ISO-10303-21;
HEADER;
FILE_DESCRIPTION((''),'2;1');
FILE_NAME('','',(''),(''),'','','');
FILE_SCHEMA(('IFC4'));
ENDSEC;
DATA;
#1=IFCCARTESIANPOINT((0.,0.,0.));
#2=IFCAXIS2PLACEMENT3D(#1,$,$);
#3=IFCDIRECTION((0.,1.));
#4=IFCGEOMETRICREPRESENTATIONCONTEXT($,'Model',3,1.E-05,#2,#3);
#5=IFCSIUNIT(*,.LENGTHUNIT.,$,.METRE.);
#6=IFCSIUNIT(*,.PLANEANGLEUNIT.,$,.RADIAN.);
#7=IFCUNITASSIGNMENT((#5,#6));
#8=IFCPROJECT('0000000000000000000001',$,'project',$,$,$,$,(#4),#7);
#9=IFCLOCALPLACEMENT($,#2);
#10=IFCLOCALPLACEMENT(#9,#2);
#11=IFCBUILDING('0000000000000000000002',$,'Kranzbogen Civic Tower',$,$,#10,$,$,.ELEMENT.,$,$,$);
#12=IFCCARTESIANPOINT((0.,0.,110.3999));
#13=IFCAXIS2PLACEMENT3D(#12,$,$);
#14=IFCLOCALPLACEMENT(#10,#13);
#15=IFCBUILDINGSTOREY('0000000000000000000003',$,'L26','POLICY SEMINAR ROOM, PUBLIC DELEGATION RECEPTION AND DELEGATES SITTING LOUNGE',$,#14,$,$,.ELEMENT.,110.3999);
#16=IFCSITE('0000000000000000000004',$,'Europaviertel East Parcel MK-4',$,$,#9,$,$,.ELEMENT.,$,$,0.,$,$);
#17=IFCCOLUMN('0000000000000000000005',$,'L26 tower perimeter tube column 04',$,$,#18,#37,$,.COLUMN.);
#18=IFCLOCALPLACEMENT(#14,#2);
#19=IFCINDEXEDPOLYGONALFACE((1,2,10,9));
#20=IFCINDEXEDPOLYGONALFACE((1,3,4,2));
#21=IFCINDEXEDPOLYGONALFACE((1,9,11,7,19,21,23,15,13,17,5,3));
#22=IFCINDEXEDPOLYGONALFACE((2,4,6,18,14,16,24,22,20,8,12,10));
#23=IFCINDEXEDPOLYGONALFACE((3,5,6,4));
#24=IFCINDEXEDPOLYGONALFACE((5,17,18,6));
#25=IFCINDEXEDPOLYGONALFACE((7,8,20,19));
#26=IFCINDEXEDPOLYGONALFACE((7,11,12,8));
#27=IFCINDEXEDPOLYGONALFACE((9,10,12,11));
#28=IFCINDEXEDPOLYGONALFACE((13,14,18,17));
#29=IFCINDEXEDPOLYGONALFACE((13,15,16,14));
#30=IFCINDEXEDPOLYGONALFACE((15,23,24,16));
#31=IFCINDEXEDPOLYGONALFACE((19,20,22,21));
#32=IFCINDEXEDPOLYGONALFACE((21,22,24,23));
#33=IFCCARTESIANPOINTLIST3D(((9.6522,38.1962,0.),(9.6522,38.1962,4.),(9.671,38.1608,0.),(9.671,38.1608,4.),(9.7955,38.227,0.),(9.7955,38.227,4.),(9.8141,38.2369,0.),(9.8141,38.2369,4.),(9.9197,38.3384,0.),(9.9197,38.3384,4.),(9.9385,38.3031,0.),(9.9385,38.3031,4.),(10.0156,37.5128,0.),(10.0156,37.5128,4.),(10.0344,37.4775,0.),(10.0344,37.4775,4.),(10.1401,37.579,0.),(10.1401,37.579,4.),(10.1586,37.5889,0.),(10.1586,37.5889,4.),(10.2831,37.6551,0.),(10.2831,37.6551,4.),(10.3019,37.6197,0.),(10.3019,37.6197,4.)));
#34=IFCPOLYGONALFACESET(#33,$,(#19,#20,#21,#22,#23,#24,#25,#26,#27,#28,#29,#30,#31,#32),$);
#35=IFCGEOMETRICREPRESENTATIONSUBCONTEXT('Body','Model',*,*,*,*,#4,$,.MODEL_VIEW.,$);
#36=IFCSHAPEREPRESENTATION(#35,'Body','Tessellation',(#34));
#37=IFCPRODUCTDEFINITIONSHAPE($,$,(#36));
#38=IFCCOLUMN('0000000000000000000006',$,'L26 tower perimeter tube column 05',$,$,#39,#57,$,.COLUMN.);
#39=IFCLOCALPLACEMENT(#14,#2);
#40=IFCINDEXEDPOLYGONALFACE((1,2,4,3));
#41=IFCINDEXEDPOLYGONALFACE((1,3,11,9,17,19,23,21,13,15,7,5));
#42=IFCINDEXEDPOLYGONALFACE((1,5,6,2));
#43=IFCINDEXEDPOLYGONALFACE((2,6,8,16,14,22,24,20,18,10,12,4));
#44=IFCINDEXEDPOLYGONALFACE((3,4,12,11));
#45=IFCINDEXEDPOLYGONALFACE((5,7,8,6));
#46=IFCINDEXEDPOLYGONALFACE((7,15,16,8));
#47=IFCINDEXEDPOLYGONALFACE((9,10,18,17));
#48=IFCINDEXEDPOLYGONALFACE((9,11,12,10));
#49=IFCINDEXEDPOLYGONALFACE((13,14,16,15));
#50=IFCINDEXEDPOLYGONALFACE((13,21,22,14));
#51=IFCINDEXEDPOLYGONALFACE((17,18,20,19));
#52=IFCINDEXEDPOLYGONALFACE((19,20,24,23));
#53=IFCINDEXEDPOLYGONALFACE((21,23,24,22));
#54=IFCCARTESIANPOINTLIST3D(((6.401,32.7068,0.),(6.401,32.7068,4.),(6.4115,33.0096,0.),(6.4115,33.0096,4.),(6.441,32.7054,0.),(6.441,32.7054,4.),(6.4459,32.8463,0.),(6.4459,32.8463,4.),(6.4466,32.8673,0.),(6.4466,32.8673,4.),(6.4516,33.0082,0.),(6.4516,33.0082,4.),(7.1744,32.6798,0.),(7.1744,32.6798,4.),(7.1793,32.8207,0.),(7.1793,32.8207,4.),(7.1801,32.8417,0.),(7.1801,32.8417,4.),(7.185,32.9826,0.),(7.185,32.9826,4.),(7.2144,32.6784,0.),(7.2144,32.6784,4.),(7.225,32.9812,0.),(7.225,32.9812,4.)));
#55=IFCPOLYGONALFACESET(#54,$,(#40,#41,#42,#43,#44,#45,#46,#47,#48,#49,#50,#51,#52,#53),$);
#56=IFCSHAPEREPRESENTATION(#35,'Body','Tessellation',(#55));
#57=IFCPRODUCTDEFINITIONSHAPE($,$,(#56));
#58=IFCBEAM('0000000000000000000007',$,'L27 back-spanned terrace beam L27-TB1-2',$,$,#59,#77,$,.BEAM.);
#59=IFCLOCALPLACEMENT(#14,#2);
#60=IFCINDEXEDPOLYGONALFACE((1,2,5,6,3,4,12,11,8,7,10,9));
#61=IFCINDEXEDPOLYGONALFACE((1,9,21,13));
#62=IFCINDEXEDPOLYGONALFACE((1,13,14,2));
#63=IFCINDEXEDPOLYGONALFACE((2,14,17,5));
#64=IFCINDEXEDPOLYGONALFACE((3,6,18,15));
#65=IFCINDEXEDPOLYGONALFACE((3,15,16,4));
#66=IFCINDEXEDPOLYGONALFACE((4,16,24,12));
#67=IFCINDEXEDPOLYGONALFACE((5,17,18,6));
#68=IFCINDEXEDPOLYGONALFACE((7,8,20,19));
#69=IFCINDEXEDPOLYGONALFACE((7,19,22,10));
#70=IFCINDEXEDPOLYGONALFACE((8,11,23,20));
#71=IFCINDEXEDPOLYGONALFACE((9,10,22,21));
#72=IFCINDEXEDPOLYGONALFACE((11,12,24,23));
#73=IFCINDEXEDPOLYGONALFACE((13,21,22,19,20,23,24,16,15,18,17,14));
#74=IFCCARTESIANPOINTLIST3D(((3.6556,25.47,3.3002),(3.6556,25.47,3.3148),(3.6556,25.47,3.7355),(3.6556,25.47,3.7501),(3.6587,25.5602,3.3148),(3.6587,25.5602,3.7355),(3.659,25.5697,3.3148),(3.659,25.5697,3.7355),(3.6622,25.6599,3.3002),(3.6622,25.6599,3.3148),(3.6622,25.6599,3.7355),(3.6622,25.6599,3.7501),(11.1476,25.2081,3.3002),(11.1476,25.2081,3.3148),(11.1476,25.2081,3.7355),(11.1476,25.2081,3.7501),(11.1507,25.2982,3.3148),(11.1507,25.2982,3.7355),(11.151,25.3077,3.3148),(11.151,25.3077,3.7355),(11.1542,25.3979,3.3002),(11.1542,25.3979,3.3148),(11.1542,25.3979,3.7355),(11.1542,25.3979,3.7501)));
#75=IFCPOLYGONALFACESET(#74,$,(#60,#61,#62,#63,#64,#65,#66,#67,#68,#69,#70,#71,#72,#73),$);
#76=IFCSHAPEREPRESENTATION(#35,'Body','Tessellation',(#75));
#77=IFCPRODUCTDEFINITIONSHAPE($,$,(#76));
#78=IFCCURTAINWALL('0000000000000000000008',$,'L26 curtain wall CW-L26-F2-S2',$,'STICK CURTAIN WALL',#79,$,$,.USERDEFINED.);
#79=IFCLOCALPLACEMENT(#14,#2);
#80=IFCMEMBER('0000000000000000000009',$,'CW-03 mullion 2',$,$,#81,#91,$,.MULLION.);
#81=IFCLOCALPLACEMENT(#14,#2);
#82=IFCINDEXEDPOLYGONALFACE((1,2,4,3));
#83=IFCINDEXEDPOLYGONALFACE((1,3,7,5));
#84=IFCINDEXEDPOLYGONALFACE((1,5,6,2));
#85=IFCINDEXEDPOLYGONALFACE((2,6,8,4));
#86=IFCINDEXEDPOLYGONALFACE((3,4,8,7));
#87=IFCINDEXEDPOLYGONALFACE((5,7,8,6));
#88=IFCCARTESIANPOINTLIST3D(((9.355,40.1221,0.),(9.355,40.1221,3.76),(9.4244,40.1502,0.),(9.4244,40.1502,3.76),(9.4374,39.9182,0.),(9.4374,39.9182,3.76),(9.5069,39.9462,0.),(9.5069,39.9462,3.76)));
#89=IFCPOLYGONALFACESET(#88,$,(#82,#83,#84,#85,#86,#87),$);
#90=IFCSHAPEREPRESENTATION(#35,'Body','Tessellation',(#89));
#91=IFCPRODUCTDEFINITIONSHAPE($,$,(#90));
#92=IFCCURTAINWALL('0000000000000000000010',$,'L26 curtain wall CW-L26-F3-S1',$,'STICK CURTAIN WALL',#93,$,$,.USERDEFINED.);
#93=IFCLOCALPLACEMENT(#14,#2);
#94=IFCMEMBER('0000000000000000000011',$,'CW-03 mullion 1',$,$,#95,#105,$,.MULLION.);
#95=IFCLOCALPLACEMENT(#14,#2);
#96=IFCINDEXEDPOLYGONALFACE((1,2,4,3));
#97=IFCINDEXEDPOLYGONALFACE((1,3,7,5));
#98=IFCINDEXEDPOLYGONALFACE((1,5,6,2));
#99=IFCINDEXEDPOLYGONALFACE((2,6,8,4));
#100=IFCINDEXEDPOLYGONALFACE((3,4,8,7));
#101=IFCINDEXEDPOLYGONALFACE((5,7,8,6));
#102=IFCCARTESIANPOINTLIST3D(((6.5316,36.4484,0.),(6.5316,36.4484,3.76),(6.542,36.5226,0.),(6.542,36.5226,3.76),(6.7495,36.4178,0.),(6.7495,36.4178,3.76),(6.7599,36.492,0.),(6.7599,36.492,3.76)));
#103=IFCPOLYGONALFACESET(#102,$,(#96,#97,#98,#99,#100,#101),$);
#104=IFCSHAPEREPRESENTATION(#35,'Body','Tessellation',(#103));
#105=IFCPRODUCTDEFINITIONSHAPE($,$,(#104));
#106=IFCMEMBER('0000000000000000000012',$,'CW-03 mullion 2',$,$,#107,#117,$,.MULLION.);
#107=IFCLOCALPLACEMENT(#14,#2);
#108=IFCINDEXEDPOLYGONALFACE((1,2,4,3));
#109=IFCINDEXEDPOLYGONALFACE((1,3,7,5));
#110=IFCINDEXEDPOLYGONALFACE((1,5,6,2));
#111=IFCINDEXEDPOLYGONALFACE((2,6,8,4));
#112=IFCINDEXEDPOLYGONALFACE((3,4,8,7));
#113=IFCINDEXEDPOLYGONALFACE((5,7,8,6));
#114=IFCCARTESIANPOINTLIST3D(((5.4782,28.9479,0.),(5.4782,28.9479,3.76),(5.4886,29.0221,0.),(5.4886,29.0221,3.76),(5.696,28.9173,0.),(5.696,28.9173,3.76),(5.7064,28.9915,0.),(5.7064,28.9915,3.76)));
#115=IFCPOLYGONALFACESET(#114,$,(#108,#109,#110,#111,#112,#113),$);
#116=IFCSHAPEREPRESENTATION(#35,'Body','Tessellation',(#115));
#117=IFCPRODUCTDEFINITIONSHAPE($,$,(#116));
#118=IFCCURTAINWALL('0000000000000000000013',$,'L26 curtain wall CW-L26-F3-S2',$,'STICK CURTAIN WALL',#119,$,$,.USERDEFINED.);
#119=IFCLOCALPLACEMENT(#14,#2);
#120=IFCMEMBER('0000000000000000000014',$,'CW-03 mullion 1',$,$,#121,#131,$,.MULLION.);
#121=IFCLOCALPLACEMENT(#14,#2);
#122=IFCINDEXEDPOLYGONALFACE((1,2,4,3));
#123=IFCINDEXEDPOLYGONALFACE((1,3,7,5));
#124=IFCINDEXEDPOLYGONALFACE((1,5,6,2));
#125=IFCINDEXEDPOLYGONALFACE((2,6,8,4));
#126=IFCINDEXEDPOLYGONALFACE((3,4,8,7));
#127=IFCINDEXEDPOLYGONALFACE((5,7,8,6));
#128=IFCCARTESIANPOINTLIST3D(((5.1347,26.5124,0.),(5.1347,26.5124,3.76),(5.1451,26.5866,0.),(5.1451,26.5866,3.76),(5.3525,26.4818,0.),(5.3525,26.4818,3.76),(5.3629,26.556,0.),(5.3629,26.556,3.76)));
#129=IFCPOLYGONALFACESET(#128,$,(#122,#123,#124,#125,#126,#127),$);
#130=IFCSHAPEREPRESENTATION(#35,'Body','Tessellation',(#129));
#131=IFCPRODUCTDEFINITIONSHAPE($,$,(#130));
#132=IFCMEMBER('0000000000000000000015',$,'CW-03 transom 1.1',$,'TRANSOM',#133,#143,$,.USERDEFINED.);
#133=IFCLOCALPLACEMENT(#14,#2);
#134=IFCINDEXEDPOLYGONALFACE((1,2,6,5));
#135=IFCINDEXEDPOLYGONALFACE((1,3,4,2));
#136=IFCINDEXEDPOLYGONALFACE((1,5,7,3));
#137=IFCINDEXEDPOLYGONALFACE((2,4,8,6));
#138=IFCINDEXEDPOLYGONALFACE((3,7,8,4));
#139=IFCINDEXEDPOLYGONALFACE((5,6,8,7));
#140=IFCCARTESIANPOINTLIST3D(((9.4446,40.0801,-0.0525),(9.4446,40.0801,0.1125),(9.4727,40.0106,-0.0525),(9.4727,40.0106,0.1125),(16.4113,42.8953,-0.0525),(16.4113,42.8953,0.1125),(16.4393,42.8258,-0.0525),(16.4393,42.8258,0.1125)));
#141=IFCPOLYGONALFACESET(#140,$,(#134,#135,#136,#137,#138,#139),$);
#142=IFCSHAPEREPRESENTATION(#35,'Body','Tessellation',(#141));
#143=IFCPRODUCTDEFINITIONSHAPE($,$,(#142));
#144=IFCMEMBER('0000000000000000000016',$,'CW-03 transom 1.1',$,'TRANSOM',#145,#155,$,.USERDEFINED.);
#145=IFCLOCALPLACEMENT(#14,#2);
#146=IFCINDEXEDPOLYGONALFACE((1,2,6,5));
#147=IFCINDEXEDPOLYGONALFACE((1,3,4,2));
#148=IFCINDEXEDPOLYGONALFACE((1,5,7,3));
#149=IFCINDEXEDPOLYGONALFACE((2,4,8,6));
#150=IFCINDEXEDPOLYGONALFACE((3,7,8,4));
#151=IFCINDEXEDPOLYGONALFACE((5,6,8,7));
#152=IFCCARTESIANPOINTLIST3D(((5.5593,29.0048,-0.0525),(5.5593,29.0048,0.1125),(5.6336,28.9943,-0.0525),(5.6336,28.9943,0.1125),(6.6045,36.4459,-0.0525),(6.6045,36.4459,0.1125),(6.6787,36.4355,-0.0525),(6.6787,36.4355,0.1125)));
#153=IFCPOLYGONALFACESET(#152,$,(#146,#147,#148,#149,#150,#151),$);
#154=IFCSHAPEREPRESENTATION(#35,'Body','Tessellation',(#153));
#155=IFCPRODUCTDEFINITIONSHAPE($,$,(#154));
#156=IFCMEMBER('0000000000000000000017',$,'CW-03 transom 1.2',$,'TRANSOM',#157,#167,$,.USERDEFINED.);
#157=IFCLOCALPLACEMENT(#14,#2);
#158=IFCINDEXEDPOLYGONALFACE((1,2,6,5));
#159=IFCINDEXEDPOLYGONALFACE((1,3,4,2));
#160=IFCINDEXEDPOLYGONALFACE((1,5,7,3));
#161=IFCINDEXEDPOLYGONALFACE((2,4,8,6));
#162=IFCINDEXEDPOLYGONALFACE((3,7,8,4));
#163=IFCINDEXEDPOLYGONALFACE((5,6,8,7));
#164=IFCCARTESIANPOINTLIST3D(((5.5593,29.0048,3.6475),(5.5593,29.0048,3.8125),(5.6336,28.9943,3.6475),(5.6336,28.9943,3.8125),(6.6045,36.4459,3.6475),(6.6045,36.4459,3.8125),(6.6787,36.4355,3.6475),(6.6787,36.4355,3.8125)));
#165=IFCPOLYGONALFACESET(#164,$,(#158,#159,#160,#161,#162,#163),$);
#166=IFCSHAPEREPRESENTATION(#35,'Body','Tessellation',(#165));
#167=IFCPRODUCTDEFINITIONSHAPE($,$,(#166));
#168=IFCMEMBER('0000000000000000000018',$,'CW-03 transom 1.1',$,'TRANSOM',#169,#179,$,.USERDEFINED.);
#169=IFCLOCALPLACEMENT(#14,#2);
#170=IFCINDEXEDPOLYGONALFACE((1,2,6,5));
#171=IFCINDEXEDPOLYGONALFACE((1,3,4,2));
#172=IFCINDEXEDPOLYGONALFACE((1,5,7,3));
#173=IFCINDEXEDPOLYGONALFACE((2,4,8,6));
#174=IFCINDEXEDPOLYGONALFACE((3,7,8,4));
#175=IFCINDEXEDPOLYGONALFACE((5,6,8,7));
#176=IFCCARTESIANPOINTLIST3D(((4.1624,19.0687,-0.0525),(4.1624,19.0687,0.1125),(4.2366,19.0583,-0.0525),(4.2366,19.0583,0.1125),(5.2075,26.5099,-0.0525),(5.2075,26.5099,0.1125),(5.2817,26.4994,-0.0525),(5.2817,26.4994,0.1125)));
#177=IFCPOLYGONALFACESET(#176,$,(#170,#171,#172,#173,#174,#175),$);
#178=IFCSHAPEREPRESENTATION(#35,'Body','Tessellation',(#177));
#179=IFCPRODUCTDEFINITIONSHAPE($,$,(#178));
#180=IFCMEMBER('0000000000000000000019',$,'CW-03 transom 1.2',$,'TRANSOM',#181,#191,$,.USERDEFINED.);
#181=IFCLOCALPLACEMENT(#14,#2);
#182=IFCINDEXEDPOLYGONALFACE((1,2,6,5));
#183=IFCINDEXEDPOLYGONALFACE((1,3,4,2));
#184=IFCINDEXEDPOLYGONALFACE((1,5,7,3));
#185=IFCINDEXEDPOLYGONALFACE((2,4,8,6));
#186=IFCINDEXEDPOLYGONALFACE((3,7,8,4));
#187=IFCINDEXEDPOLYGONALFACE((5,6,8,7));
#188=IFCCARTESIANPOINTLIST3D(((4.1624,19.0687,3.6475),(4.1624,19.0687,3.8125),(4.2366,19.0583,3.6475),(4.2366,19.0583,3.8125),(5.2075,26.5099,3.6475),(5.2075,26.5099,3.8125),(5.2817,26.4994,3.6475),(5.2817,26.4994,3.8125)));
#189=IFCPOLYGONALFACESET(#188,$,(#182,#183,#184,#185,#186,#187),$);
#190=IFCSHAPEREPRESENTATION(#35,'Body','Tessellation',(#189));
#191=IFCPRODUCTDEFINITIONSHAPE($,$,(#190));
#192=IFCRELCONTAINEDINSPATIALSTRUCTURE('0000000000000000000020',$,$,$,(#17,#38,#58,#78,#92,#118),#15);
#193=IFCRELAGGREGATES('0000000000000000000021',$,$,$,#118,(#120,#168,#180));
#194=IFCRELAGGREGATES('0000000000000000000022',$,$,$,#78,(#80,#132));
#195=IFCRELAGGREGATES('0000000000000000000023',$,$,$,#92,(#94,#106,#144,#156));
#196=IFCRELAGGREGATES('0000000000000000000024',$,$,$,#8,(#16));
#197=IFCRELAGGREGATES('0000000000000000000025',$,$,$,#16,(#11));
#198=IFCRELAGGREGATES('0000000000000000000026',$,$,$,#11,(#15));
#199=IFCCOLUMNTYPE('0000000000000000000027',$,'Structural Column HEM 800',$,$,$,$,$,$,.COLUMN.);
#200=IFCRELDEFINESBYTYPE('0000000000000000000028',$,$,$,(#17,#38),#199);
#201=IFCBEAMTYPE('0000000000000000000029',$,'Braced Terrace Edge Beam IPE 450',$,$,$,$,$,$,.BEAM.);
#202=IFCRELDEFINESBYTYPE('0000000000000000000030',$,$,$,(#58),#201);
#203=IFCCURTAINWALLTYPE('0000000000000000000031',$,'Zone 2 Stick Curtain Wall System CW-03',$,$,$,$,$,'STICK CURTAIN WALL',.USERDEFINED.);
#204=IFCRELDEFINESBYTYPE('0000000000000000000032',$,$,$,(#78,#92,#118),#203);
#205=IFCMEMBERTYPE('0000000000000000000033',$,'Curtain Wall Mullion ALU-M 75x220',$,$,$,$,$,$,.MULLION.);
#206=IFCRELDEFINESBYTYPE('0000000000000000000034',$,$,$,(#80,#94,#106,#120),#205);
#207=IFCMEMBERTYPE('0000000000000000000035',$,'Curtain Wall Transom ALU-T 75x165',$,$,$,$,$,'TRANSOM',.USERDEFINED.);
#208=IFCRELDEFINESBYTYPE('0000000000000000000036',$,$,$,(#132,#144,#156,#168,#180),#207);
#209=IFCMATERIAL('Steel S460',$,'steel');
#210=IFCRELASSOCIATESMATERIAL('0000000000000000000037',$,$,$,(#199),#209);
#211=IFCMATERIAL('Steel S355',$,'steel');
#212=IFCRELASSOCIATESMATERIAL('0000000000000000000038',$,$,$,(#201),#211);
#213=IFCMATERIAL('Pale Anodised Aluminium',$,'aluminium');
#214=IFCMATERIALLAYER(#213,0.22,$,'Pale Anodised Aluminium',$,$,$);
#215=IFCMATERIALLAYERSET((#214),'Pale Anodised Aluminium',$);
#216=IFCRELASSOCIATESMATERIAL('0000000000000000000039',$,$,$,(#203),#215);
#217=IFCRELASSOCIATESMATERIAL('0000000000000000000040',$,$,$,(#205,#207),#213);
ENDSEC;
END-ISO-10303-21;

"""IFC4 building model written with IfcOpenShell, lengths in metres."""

from ifc_helpers import new_model, si_unit, direction, frame, origin, origin_2d, place, context, subcontext, project, spatial, rectangle, i_section, extrude, material, layer, layer_set, material_profile, profile_set, type_object, element, aggregate, save


model = new_model("IFC4")

# Units and contexts
model_context = context("Model", 3, precision=1e-05, world=origin(), true_north=direction((0.0, 1.0)))
body_context = subcontext(model_context, "Body", "Model", "MODEL_VIEW")
ifc_project = project(units=[si_unit("LENGTHUNIT", "METRE"), si_unit("PLANEANGLEUNIT", "RADIAN")], contexts=[model_context])

# Site, building, storey
site_placement = place(None, origin())
site = spatial("IfcSite", under=ifc_project, at=site_placement, Name="Europaviertel East Parcel MK-4", CompositionType="ELEMENT", RefElevation=0.0)
building_placement = place(site_placement, origin())
building = spatial("IfcBuilding", under=site, at=building_placement, Name="Kranzbogen Civic Tower", CompositionType="ELEMENT")
storey_placement = place(building_placement, frame((0.0, 0.0, 110.3999)))
storey = spatial("IfcBuildingStorey", under=building, at=storey_placement, Name="L26", Description="POLICY SEMINAR ROOM, PUBLIC DELEGATION RECEPTION AND DELEGATES SITTING LOUNGE", CompositionType="ELEMENT", Elevation=110.3999)

# Columns
ifc_material_1 = material(Name="Steel S460", Category="steel")
ifc_material_profile_1 = material_profile(ifc_material_1, i_section(OverallWidth=0.303, OverallDepth=0.814, WebThickness=0.021, FlangeThickness=0.04, at=origin_2d()), Name="HEM 800")
ifc_profile_set_1 = profile_set([ifc_material_profile_1], Name="Steel S460")
column_type = type_object("IfcColumnType", Name="Structural Column HEM 800", PredefinedType="COLUMN", material=ifc_profile_set_1)
for number, where, z_axis, x_axis, name in (
    (1, (9.9771, 37.908, 0.0), (0.0, 0.0, 1.0), (0.882948, 0.469472, 0.0), "L26 tower perimeter tube column 04"),
    (2, (6.813, 32.844, 0.0), (0.0, 0.0, 1.0), (0.034899, 0.999391, 0.0), "L26 tower perimeter tube column 05"),
):
    element("IfcColumn", number, at=place(storey_placement, frame(where, z_axis=z_axis, x_axis=x_axis)), inside=storey, type_object=column_type, Name=name, PredefinedType="COLUMN", context=body_context, shape_type="SweptSolid", body=[
        extrude(i_section(OverallWidth=0.303, OverallDepth=0.814, WebThickness=0.021, FlangeThickness=0.04, at=origin_2d()), origin(), (0.0, 0.0, 1.0), 4.0),
    ])

# Beam
ifc_material_2 = material(Name="Steel S355", Category="steel")
ifc_material_profile_2 = material_profile(ifc_material_2, i_section(OverallWidth=0.1899, OverallDepth=0.45, WebThickness=0.0095, FlangeThickness=0.0146, at=origin_2d()), Name="IPE 450")
ifc_profile_set_2 = profile_set([ifc_material_profile_2], Name="Steel S355")
beam_type_1 = type_object("IfcBeamType", Name="Braced Terrace Edge Beam IPE 450", PredefinedType="BEAM", material=ifc_profile_set_2)
beam_1_placement = place(storey_placement, frame((11.1509, 25.303, 3.5251), z_axis=(-0.999389, 0.034945, 0.0), x_axis=(-0.034945, -0.999389, 0.0)))
element("IfcBeam", 3, at=beam_1_placement, inside=storey, type_object=beam_type_1, Name="L27 back-spanned terrace beam L27-TB1-2", PredefinedType="BEAM", context=body_context, shape_type="SweptSolid", body=[
    extrude(i_section(OverallWidth=0.1899, OverallDepth=0.45, WebThickness=0.0095, FlangeThickness=0.0146, at=origin_2d()), origin(), (0.0, 0.0, 1.0), 7.4966),
])

# Curtain wall, member
ifc_material_3 = material(Name="Pale Anodised Aluminium", Category="aluminium")
ifc_layer_1 = layer(ifc_material_3, 0.22, Name="Pale Anodised Aluminium")
ifc_layer_set_1 = layer_set([ifc_layer_1], Name="Pale Anodised Aluminium")
curtain_wall_type = type_object("IfcCurtainWallType", Name="Zone 2 Stick Curtain Wall System CW-03", ElementType="STICK CURTAIN WALL", PredefinedType="USERDEFINED", material=ifc_layer_set_1)
curtain_wall_1_placement = place(storey_placement, origin())
curtain_wall_1 = element("IfcCurtainWall", 4, at=curtain_wall_1_placement, inside=storey, type_object=curtain_wall_type, Name="L26 curtain wall CW-L26-F2-S2", ObjectType="STICK CURTAIN WALL", PredefinedType="USERDEFINED")
ifc_material_profile_3 = material_profile(ifc_material_3, rectangle(XDim=0.075, YDim=0.22, at=origin_2d()), Name="ALU-M 75x220")
ifc_profile_set_3 = profile_set([ifc_material_profile_3], Name="Pale Anodised Aluminium")
member_type_1 = type_object("IfcMemberType", Name="Curtain Wall Mullion ALU-M 75x220", PredefinedType="MULLION", material=ifc_profile_set_3)
member_1_placement = place(storey_placement, frame((9.4309, 40.0342, 0.0), z_axis=(0.0, 0.0, 1.0), x_axis=(-0.92717, -0.374641, 0.0)))
member_1 = element("IfcMember", 5, at=member_1_placement, type_object=member_type_1, Name="CW-03 mullion 2", PredefinedType="MULLION", context=body_context, shape_type="SweptSolid", body=[
    extrude(rectangle(XDim=0.075, YDim=0.22, at=origin_2d()), origin(), (0.0, 0.0, 1.0), 3.76),
])

# Curtain wall, members
curtain_wall_2_placement = place(storey_placement, origin())
curtain_wall_2 = element("IfcCurtainWall", 6, at=curtain_wall_2_placement, inside=storey, type_object=curtain_wall_type, Name="L26 curtain wall CW-L26-F3-S1", ObjectType="STICK CURTAIN WALL", PredefinedType="USERDEFINED")
member_2_placement = place(storey_placement, frame((6.6458, 36.4702, 0.0), z_axis=(0.0, 0.0, 1.0), x_axis=(-0.13911, -0.990277, 0.0)))
member_2 = element("IfcMember", 7, at=member_2_placement, type_object=member_type_1, Name="CW-03 mullion 1", PredefinedType="MULLION", context=body_context, shape_type="SweptSolid", body=[
    extrude(rectangle(XDim=0.075, YDim=0.22, at=origin_2d()), origin(), (0.0, 0.0, 1.0), 3.76),
])
member_3_placement = place(storey_placement, frame((5.5923, 28.9697, 0.0), z_axis=(0.0, 0.0, 1.0), x_axis=(-0.13911, -0.990277, 0.0)))
member_3 = element("IfcMember", 8, at=member_3_placement, type_object=member_type_1, Name="CW-03 mullion 2", PredefinedType="MULLION", context=body_context, shape_type="SweptSolid", body=[
    extrude(rectangle(XDim=0.075, YDim=0.22, at=origin_2d()), origin(), (0.0, 0.0, 1.0), 3.76),
])

# Curtain wall, member
curtain_wall_3_placement = place(storey_placement, origin())
curtain_wall_3 = element("IfcCurtainWall", 9, at=curtain_wall_3_placement, inside=storey, type_object=curtain_wall_type, Name="L26 curtain wall CW-L26-F3-S2", ObjectType="STICK CURTAIN WALL", PredefinedType="USERDEFINED")
member_4_placement = place(storey_placement, frame((5.2488, 26.5342, 0.0), z_axis=(0.0, 0.0, 1.0), x_axis=(-0.13911, -0.990277, 0.0)))
member_4 = element("IfcMember", 10, at=member_4_placement, type_object=member_type_1, Name="CW-03 mullion 1", PredefinedType="MULLION", context=body_context, shape_type="SweptSolid", body=[
    extrude(rectangle(XDim=0.075, YDim=0.22, at=origin_2d()), origin(), (0.0, 0.0, 1.0), 3.76),
])

# Members
ifc_material_profile_4 = material_profile(ifc_material_3, rectangle(XDim=0.075, YDim=0.165, at=origin_2d()), Name="ALU-T 75x165")
ifc_profile_set_4 = profile_set([ifc_material_profile_4], Name="Pale Anodised Aluminium")
member_type_2 = type_object("IfcMemberType", Name="Curtain Wall Transom ALU-T 75x165", ElementType="TRANSOM", PredefinedType="USERDEFINED", material=ifc_profile_set_4)
member_5_placement = place(storey_placement, frame((16.4253, 42.8606, 0.03), z_axis=(-0.92716, -0.374666, 0.0), x_axis=(0.374666, -0.92716, 0.0)))
member_5 = element("IfcMember", 11, at=member_5_placement, type_object=member_type_2, Name="CW-03 transom 1.1", ObjectType="TRANSOM", PredefinedType="USERDEFINED", context=body_context, shape_type="SweptSolid", body=[
    extrude(rectangle(XDim=0.075, YDim=0.165, at=origin_2d()), origin(), (0.0, 0.0, 1.0), 7.5139),
])
member_6_placement = place(storey_placement, frame((6.6416, 36.4407, 0.03), z_axis=(-0.139092, -0.990279, 0.0), x_axis=(0.990279, -0.139092, 0.0)))
member_6 = element("IfcMember", 12, at=member_6_placement, type_object=member_type_2, Name="CW-03 transom 1.1", ObjectType="TRANSOM", PredefinedType="USERDEFINED", context=body_context, shape_type="SweptSolid", body=[
    extrude(rectangle(XDim=0.075, YDim=0.165, at=origin_2d()), origin(), (0.0, 0.0, 1.0), 7.5142),
])
member_7_placement = place(storey_placement, frame((6.6416, 36.4407, 3.73), z_axis=(-0.139092, -0.990279, 0.0), x_axis=(0.990279, -0.139092, 0.0)))
member_7 = element("IfcMember", 13, at=member_7_placement, type_object=member_type_2, Name="CW-03 transom 1.2", ObjectType="TRANSOM", PredefinedType="USERDEFINED", context=body_context, shape_type="SweptSolid", body=[
    extrude(rectangle(XDim=0.075, YDim=0.165, at=origin_2d()), origin(), (0.0, 0.0, 1.0), 7.5142),
])
member_8_placement = place(storey_placement, frame((5.2446, 26.5046, 0.03), z_axis=(-0.139092, -0.990279, 0.0), x_axis=(0.990279, -0.139092, 0.0)))
member_8 = element("IfcMember", 14, at=member_8_placement, type_object=member_type_2, Name="CW-03 transom 1.1", ObjectType="TRANSOM", PredefinedType="USERDEFINED", context=body_context, shape_type="SweptSolid", body=[
    extrude(rectangle(XDim=0.075, YDim=0.165, at=origin_2d()), origin(), (0.0, 0.0, 1.0), 7.5142),
])
member_9_placement = place(storey_placement, frame((5.2446, 26.5046, 3.73), z_axis=(-0.139092, -0.990279, 0.0), x_axis=(0.990279, -0.139092, 0.0)))
member_9 = element("IfcMember", 15, at=member_9_placement, type_object=member_type_2, Name="CW-03 transom 1.2", ObjectType="TRANSOM", PredefinedType="USERDEFINED", context=body_context, shape_type="SweptSolid", body=[
    extrude(rectangle(XDim=0.075, YDim=0.165, at=origin_2d()), origin(), (0.0, 0.0, 1.0), 7.5142),
])
aggregate(curtain_wall_3, [member_4, member_8, member_9])

aggregate(curtain_wall_1, [member_1, member_5])
aggregate(curtain_wall_2, [member_2, member_3, member_6, member_7])

save(model, "model.ifc")
